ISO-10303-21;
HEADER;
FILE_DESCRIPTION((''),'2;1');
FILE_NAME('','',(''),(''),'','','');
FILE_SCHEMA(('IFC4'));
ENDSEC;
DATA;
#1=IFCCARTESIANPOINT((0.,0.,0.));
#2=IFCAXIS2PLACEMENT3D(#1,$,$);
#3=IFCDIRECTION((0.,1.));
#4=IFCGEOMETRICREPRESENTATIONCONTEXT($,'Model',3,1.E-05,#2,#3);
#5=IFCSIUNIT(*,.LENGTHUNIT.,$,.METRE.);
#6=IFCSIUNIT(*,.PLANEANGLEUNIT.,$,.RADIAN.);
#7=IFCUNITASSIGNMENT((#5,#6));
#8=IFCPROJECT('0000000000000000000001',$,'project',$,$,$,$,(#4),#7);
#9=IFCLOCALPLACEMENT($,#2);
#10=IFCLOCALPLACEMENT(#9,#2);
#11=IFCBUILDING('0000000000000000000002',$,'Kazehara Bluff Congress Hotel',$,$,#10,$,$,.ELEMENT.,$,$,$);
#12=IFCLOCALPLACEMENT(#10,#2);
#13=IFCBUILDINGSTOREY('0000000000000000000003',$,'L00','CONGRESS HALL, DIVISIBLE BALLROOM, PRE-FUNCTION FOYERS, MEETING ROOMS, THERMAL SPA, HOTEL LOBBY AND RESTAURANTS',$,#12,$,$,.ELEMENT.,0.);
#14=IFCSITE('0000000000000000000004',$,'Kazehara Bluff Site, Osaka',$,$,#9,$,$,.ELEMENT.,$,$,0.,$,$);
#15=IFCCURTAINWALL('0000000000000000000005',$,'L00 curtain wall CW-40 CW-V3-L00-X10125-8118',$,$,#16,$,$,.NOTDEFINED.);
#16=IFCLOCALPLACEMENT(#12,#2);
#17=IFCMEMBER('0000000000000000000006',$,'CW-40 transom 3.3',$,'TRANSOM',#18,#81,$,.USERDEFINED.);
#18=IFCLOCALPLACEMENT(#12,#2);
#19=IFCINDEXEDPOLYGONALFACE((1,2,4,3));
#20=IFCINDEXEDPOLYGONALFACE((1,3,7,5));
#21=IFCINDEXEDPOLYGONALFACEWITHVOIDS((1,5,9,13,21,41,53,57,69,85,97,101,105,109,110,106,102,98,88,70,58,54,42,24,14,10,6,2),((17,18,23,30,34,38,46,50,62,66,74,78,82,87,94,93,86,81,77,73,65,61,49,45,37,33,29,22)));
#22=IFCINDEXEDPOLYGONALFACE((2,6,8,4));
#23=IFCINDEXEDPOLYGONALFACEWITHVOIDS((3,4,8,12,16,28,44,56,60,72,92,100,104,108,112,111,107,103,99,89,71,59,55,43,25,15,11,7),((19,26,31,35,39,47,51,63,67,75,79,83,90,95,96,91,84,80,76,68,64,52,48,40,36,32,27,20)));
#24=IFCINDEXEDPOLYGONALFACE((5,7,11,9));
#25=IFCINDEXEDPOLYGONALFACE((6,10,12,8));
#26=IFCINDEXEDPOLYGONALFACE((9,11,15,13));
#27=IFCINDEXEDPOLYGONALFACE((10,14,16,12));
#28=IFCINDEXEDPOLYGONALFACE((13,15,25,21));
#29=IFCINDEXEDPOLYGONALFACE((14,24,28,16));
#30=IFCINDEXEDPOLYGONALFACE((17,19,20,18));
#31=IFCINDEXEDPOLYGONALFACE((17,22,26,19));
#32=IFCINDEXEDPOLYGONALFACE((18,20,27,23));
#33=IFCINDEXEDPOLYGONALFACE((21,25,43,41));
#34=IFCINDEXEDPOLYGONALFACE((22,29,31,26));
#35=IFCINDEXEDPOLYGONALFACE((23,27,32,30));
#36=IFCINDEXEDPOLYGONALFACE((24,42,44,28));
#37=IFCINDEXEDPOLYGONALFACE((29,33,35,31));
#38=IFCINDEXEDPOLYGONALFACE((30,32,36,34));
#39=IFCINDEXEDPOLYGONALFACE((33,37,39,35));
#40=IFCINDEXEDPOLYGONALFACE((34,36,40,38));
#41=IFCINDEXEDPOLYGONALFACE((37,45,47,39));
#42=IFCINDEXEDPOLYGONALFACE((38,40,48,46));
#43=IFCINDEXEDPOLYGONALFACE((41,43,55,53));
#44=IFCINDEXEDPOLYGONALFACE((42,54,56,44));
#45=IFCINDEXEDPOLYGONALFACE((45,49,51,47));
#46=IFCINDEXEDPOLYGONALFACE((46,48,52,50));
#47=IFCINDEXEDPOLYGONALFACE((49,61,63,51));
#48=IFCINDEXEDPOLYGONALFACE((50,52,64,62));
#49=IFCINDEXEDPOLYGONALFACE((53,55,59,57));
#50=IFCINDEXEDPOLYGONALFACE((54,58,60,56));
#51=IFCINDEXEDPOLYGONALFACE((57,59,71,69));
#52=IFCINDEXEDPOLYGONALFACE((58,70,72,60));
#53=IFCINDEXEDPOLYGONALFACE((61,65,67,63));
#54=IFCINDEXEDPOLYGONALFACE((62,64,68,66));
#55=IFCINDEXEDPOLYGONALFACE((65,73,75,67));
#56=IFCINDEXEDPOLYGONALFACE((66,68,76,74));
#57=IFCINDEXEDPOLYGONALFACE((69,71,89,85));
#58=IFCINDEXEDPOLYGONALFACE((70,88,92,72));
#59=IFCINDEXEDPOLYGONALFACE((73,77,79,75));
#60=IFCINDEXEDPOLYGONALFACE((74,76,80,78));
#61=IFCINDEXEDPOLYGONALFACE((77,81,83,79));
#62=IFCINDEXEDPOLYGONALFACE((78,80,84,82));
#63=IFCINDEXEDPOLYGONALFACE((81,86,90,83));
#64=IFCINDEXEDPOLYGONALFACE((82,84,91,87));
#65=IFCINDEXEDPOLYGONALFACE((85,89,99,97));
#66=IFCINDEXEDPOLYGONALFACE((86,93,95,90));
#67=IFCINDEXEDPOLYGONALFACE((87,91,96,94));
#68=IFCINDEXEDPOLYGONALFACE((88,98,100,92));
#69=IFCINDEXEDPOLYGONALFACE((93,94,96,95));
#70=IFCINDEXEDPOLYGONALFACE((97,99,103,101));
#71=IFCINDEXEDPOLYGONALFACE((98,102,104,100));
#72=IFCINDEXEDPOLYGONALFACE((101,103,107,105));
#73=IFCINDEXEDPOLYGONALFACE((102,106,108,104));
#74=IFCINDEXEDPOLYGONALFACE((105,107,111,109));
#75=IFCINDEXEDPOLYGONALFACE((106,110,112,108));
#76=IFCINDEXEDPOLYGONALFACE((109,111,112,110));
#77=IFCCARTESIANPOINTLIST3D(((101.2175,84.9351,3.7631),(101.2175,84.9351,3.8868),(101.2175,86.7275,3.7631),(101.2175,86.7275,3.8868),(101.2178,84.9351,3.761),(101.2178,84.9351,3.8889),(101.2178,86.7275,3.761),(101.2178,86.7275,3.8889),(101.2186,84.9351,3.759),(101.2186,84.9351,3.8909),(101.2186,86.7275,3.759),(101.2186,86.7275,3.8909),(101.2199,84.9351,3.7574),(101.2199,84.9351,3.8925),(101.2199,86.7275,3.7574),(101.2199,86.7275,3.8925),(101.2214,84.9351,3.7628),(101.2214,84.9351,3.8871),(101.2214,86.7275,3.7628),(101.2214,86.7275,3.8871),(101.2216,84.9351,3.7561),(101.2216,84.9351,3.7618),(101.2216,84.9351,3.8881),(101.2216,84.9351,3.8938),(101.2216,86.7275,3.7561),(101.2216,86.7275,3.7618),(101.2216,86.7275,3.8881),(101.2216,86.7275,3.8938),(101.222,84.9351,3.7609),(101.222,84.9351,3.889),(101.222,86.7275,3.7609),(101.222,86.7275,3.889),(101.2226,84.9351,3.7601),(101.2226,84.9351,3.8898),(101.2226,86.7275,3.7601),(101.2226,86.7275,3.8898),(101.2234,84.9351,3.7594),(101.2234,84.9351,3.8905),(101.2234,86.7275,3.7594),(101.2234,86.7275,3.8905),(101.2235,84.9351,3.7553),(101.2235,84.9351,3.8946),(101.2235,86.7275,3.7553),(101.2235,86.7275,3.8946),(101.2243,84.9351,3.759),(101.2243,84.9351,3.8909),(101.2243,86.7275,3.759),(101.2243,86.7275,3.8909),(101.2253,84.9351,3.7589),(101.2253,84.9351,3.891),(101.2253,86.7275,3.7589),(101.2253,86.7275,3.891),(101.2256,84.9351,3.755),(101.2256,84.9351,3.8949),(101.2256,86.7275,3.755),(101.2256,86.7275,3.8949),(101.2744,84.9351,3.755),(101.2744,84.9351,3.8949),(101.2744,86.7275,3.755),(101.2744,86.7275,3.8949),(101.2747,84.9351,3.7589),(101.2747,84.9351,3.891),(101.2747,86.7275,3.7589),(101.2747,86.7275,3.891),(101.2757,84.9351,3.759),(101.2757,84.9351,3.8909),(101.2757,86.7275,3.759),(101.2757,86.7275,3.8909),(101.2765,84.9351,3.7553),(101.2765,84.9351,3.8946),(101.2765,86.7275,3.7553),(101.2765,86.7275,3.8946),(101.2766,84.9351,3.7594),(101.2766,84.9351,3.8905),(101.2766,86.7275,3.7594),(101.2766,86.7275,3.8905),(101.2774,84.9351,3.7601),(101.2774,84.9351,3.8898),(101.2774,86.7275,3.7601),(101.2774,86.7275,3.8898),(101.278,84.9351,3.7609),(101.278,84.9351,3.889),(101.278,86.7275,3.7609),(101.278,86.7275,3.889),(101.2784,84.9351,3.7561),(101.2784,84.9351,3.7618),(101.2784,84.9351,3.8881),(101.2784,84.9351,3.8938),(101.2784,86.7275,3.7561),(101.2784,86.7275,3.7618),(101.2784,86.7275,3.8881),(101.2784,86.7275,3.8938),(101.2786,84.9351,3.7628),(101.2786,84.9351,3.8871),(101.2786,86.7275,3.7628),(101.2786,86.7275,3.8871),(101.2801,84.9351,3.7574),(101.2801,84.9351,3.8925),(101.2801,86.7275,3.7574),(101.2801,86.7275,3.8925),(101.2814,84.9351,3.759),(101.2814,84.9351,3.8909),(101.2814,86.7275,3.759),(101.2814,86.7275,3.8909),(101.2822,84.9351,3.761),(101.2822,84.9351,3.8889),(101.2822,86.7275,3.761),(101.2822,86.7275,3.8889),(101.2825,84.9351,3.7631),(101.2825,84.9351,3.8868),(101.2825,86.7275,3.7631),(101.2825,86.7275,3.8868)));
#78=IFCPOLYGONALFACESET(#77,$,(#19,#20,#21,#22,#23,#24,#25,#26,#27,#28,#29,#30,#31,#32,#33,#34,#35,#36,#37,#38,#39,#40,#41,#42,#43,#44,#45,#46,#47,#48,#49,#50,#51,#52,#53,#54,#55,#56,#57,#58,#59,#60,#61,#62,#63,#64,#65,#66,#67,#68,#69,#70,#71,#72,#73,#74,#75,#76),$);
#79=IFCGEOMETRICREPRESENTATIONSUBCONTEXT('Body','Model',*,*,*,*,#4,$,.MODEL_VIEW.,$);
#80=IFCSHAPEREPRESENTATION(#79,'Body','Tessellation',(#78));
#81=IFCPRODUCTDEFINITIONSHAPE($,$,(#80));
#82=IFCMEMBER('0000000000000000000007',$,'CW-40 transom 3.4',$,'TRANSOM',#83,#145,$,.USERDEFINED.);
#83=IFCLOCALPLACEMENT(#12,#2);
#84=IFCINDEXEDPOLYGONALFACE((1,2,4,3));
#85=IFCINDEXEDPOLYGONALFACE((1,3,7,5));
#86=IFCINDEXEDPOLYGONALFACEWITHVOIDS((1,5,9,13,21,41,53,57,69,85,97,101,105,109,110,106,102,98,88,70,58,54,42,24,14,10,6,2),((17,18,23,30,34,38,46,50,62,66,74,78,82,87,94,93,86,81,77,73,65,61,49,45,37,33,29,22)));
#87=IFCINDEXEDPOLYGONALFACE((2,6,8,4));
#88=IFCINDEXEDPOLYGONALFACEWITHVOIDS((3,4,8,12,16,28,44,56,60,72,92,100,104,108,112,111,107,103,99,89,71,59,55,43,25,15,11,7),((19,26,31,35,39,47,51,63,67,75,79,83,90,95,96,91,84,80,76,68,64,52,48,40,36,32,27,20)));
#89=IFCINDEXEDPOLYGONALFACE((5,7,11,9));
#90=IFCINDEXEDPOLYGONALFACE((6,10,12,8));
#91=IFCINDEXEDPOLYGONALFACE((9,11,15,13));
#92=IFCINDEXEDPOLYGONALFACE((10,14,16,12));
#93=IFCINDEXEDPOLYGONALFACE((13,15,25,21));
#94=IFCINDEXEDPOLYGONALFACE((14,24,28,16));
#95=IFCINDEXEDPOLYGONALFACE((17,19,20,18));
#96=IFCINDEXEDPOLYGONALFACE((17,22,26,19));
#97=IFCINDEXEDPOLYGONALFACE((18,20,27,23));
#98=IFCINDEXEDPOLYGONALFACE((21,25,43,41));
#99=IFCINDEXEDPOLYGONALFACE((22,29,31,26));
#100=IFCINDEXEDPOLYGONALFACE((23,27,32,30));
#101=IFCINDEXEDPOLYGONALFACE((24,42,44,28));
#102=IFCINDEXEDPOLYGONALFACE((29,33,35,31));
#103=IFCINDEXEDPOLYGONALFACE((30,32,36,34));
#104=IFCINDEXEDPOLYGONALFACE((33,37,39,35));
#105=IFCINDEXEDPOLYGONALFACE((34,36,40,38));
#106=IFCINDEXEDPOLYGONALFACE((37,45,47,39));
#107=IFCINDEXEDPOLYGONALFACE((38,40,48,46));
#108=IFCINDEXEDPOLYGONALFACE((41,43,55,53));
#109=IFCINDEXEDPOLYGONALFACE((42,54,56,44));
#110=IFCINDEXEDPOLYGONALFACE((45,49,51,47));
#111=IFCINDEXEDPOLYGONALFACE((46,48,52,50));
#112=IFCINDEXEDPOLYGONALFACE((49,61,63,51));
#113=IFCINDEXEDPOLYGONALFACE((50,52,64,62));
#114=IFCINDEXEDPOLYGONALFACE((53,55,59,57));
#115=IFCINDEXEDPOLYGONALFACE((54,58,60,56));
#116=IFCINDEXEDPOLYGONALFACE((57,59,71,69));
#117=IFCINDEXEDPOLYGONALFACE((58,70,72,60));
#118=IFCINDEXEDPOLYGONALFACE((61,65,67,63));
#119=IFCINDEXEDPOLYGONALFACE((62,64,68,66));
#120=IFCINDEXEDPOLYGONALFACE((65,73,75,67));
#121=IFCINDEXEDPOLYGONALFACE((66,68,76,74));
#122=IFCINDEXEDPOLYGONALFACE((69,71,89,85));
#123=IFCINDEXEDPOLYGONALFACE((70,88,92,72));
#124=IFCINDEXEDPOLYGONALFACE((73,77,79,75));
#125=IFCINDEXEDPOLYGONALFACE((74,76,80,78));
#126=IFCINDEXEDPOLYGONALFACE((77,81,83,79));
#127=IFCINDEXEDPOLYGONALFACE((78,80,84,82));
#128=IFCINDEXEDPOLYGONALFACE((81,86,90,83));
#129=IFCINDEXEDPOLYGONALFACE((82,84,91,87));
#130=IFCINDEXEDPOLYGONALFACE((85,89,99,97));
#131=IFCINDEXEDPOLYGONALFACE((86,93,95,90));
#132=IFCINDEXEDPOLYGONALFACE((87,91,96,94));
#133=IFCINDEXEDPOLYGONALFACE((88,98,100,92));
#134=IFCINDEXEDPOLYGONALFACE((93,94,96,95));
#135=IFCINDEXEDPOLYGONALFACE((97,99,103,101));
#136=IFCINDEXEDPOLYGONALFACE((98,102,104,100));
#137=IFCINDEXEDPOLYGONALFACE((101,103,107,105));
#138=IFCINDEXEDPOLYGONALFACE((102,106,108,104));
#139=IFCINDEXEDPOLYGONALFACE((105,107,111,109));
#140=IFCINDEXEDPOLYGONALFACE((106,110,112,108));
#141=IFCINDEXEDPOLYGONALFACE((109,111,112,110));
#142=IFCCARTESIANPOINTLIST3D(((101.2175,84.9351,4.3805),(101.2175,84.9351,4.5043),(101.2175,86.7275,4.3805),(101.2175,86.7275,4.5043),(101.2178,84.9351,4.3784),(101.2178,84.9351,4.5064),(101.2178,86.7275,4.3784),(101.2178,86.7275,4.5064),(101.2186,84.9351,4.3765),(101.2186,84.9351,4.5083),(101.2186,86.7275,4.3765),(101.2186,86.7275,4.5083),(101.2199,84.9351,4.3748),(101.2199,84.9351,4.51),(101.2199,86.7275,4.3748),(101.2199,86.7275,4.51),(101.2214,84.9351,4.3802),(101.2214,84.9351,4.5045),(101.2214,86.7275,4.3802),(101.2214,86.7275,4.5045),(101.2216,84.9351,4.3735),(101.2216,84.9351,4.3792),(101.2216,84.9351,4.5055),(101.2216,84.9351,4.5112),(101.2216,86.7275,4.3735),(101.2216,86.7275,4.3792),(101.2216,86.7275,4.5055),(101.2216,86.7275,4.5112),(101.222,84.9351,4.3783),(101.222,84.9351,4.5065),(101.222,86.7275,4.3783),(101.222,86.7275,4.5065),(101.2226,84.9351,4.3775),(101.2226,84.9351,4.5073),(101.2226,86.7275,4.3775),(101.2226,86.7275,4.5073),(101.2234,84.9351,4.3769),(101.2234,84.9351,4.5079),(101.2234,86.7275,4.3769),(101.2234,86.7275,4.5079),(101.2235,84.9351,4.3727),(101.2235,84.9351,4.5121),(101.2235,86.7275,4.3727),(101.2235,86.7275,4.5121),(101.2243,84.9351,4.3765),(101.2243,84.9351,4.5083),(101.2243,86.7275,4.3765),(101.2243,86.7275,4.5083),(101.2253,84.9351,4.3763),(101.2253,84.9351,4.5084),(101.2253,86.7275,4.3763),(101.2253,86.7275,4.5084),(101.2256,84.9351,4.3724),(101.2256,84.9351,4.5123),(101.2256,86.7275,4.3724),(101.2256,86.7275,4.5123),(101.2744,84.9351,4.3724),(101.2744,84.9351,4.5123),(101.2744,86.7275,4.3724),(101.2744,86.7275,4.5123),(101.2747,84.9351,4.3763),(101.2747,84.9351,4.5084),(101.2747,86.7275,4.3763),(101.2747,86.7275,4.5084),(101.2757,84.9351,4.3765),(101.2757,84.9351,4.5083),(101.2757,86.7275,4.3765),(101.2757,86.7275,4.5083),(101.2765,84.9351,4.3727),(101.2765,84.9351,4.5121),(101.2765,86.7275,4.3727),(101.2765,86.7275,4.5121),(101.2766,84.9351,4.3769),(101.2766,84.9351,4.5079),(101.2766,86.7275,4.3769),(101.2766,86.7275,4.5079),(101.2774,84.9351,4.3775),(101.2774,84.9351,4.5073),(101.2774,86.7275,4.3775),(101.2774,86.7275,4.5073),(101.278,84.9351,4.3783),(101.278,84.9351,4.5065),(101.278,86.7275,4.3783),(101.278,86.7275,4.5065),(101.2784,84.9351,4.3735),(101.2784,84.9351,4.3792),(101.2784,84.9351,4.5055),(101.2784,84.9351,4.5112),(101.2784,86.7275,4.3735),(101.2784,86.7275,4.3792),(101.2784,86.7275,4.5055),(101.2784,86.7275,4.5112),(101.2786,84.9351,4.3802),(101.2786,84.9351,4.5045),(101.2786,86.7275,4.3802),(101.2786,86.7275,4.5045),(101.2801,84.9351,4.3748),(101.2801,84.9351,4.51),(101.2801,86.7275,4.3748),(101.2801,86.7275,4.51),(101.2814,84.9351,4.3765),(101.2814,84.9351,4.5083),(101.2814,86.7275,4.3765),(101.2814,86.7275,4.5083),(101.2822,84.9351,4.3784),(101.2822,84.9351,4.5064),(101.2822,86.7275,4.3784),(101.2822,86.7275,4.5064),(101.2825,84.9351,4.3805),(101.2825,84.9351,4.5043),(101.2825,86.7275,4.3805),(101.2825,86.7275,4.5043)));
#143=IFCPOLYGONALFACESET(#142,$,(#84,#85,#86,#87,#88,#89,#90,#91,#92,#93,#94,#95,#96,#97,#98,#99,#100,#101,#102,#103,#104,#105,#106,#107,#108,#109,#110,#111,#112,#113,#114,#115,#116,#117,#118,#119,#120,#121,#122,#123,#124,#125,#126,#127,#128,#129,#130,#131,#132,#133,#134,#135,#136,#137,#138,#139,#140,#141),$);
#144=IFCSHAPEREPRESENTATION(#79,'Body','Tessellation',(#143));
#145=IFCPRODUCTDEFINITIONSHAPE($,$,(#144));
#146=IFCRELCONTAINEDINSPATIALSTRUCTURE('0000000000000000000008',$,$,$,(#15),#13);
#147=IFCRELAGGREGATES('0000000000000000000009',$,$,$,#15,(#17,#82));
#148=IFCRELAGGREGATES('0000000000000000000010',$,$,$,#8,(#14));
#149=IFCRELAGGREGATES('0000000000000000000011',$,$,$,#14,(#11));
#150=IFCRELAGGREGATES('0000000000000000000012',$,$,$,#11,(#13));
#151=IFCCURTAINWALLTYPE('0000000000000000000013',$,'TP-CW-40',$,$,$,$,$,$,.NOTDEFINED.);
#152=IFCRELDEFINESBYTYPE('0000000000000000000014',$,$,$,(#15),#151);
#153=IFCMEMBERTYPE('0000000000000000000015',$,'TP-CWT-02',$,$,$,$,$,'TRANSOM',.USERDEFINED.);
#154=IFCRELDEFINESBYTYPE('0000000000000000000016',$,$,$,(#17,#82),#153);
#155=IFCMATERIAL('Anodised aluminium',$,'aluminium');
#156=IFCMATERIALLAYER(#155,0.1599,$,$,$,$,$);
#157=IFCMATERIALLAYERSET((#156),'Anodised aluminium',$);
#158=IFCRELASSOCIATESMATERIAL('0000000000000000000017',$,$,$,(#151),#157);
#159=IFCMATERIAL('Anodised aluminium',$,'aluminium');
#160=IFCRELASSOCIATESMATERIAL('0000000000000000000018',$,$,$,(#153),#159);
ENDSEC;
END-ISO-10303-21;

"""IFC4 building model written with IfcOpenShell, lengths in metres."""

from ifc_helpers import new_model, si_unit, direction, frame, origin, origin_2d, place, context, subcontext, project, spatial, hollow_rectangle, extrude, material, layer, layer_set, material_profile, profile_set, type_object, element, aggregate, save


model = new_model("IFC4")

# Units and contexts
model_context = context("Model", 3, precision=1e-05, world=origin(), true_north=direction((0.0, 1.0)))
body_context = subcontext(model_context, "Body", "Model", "MODEL_VIEW")
ifc_project = project(units=[si_unit("LENGTHUNIT", "METRE"), si_unit("PLANEANGLEUNIT", "RADIAN")], contexts=[model_context])

# Site, building, storey
site_placement = place(None, origin())
site = spatial("IfcSite", under=ifc_project, at=site_placement, Name="Kazehara Bluff Site, Osaka", CompositionType="ELEMENT", RefElevation=0.0)
building_placement = place(site_placement, origin())
building = spatial("IfcBuilding", under=site, at=building_placement, Name="Kazehara Bluff Congress Hotel", CompositionType="ELEMENT")
storey_placement = place(building_placement, origin())
storey = spatial("IfcBuildingStorey", under=building, at=storey_placement, Name="L00", Description="CONGRESS HALL, DIVISIBLE BALLROOM, PRE-FUNCTION FOYERS, MEETING ROOMS, THERMAL SPA, HOTEL LOBBY AND RESTAURANTS", CompositionType="ELEMENT", Elevation=0.0)

# Curtain wall
ifc_material_1 = material(Name="Anodised aluminium", Category="aluminium")
ifc_layer_1 = layer(ifc_material_1, 0.1599)
ifc_layer_set_1 = layer_set([ifc_layer_1], Name="Anodised aluminium")
curtain_wall_type = type_object("IfcCurtainWallType", Name="TP-CW-40", PredefinedType="NOTDEFINED", material=ifc_layer_set_1)
curtain_wall_1_placement = place(storey_placement, origin())
curtain_wall_1 = element("IfcCurtainWall", 1, at=curtain_wall_1_placement, inside=storey, type_object=curtain_wall_type, Name="L00 curtain wall CW-40 CW-V3-L00-X10125-8118", PredefinedType="NOTDEFINED")

# Members
ifc_material_2 = material(Name="Anodised aluminium", Category="aluminium")
ifc_material_profile_1 = material_profile(ifc_material_2, hollow_rectangle(XDim=0.0649, YDim=0.1399, WallThickness=0.0039, InnerFilletRadius=0.0039, OuterFilletRadius=0.0081, at=origin_2d()))
ifc_profile_set_1 = profile_set([ifc_material_profile_1], Name="Anodised aluminium")
member_type_1 = type_object("IfcMemberType", Name="TP-CWT-02", ElementType="TRANSOM", PredefinedType="USERDEFINED", material=ifc_profile_set_1)
member_1_placement = place(storey_placement, frame((101.25, 84.9351, 3.825), z_axis=(0.0, 1.0, 0.0), x_axis=(-1.0, 0.0, 0.0)))
member_1 = element("IfcMember", 2, at=member_1_placement, type_object=member_type_1, Name="CW-40 transom 3.3", ObjectType="TRANSOM", PredefinedType="USERDEFINED", context=body_context, shape_type="SweptSolid", body=[
    extrude(hollow_rectangle(XDim=0.0649, YDim=0.1399, WallThickness=0.0039, InnerFilletRadius=0.0039, OuterFilletRadius=0.0081, at=origin_2d()), origin(), (0.0, 0.0, 1.0), 1.7925),
])
member_2_placement = place(storey_placement, frame((101.25, 84.9351, 4.4424), z_axis=(0.0, 1.0, 0.0), x_axis=(-1.0, 0.0, 0.0)))
member_2 = element("IfcMember", 3, at=member_2_placement, type_object=member_type_1, Name="CW-40 transom 3.4", ObjectType="TRANSOM", PredefinedType="USERDEFINED", context=body_context, shape_type="SweptSolid", body=[
    extrude(hollow_rectangle(XDim=0.0649, YDim=0.1399, WallThickness=0.0039, InnerFilletRadius=0.0039, OuterFilletRadius=0.0081, at=origin_2d()), origin(), (0.0, 0.0, 1.0), 1.7925),
])

aggregate(curtain_wall_1, [member_1, member_2])

save(model, "model.ifc")
